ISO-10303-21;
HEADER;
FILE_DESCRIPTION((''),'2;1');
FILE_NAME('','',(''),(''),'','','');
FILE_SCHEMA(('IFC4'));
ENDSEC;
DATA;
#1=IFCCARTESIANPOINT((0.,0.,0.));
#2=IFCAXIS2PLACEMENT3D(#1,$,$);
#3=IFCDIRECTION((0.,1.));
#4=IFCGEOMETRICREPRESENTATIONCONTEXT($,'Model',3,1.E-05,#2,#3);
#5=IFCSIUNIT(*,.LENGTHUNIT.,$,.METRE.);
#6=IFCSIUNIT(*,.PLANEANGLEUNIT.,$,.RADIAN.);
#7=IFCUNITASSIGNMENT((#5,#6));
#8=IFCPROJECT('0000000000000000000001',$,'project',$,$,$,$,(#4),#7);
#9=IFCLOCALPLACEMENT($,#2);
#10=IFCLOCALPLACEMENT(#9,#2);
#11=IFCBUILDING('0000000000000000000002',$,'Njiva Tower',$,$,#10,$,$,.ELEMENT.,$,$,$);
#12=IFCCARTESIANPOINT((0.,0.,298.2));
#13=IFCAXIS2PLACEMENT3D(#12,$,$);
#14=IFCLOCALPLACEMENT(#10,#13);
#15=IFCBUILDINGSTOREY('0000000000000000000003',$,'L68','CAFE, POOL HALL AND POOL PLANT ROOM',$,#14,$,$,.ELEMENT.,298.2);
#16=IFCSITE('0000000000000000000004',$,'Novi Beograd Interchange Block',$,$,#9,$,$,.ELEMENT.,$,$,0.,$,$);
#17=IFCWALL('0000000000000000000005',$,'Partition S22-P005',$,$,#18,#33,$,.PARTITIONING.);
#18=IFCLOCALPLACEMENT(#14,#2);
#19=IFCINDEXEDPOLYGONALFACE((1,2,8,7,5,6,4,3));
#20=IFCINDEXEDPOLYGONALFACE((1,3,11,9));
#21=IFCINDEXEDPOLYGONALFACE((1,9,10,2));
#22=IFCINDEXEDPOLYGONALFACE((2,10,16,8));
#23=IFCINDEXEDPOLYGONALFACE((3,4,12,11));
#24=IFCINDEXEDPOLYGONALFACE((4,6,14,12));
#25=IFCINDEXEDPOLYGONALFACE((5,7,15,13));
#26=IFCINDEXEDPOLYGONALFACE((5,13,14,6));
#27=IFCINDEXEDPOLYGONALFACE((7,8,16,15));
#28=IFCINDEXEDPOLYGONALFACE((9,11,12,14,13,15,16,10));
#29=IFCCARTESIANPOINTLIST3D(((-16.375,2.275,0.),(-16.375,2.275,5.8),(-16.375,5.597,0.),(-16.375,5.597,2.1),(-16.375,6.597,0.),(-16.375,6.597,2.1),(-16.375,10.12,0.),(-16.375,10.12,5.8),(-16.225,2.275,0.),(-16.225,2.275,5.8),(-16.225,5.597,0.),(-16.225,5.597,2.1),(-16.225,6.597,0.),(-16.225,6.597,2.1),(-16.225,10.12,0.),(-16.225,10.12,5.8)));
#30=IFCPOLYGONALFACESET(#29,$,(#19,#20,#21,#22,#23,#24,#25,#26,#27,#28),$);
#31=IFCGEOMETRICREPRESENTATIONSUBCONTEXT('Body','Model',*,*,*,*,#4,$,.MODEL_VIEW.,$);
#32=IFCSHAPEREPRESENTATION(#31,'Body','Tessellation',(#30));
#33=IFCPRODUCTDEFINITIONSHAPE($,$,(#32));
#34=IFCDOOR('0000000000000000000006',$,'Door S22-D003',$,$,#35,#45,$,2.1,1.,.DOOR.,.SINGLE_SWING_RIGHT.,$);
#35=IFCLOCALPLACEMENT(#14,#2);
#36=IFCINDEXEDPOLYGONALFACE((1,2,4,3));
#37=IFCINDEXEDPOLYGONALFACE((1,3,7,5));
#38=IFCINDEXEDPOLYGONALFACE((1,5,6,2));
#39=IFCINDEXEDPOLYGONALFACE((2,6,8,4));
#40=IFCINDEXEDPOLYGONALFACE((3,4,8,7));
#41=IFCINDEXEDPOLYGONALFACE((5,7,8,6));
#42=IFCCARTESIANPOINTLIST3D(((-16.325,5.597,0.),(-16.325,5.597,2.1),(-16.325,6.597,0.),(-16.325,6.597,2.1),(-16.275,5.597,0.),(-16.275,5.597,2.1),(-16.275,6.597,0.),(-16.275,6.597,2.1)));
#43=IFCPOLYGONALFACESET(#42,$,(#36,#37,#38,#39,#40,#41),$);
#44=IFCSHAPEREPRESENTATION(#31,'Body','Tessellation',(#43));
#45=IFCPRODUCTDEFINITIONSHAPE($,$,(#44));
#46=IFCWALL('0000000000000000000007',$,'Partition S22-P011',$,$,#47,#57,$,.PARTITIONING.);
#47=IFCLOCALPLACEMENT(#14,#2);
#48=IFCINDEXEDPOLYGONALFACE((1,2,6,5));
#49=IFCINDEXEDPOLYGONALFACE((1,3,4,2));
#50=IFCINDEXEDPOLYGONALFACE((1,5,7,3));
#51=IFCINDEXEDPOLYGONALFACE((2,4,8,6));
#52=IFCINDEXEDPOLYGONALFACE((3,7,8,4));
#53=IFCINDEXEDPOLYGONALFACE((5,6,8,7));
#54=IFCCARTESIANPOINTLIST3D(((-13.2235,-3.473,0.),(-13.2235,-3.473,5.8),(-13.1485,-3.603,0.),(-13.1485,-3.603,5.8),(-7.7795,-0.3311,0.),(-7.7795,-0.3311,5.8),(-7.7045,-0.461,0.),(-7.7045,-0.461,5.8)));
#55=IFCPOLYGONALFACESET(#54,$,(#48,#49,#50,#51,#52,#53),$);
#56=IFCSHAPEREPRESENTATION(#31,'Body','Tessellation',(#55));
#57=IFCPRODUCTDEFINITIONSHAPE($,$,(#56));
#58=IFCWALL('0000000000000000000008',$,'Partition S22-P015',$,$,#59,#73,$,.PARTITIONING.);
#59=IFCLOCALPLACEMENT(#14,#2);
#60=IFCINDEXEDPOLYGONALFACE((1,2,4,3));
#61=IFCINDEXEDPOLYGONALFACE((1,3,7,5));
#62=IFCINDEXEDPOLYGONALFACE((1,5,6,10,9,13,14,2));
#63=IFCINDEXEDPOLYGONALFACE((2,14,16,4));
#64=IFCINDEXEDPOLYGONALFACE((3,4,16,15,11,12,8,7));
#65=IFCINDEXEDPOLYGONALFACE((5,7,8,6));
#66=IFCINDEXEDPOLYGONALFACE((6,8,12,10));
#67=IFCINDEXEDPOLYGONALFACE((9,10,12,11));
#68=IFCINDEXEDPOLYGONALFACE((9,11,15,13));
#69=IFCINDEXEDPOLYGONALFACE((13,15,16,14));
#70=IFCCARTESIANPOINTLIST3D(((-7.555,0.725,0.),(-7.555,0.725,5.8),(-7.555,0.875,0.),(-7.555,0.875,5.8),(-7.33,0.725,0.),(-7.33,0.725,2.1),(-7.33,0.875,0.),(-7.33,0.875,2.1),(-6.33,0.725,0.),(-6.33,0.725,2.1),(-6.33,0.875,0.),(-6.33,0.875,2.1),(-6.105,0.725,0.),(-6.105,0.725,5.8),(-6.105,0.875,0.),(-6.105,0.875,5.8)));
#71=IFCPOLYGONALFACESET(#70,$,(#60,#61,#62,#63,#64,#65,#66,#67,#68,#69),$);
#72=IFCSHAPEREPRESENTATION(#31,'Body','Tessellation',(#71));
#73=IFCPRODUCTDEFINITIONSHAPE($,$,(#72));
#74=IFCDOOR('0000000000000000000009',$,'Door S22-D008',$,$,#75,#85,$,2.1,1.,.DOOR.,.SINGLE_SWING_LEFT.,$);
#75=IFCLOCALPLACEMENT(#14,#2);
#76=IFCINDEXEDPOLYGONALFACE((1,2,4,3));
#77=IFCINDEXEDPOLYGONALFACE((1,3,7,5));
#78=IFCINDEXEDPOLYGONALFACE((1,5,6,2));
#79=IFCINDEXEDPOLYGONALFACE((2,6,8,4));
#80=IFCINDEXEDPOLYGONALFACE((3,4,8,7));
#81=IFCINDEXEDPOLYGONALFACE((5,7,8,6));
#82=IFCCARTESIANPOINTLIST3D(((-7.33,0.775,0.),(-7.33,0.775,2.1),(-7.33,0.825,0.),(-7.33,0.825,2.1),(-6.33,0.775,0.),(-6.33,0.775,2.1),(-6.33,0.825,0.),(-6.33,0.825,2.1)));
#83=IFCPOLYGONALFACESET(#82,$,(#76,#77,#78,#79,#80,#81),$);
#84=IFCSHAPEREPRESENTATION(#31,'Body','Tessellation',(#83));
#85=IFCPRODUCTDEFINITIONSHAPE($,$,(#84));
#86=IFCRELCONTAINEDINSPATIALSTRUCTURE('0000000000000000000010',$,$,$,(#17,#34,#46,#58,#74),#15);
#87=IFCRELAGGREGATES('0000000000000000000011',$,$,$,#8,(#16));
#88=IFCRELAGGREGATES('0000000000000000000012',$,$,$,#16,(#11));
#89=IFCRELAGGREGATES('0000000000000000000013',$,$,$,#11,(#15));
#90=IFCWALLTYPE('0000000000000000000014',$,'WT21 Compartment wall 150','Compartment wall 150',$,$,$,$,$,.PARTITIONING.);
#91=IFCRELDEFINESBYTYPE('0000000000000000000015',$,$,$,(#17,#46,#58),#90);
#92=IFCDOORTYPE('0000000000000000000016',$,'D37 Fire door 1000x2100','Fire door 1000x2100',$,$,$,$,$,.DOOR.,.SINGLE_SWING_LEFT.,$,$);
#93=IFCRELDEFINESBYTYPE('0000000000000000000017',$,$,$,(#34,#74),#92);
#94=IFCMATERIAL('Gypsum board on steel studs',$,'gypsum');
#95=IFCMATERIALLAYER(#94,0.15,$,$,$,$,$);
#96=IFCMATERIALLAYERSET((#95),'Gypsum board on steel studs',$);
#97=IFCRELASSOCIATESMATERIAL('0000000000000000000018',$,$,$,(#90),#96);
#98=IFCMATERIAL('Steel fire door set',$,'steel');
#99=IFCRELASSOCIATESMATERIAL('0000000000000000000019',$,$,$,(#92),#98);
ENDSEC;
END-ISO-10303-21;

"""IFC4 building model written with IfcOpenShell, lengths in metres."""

from ifc_helpers import new_model, si_unit, direction, frame, frame_2d, origin, place, context, subcontext, project, spatial, rectangle, extrude, material, layer, layer_set, type_object, element, fill, save


model = new_model("IFC4")

# Units and contexts
model_context = context("Model", 3, precision=1e-05, world=origin(), true_north=direction((0.0, 1.0)))
body_context = subcontext(model_context, "Body", "Model", "MODEL_VIEW")
ifc_project = project(units=[si_unit("LENGTHUNIT", "METRE"), si_unit("PLANEANGLEUNIT", "RADIAN")], contexts=[model_context])

# Site, building, storey
site_placement = place(None, origin())
site = spatial("IfcSite", under=ifc_project, at=site_placement, Name="Novi Beograd Interchange Block", CompositionType="ELEMENT", RefElevation=0.0)
building_placement = place(site_placement, origin())
building = spatial("IfcBuilding", under=site, at=building_placement, Name="Njiva Tower", CompositionType="ELEMENT")
storey_placement = place(building_placement, frame((0.0, 0.0, 298.2)))
storey = spatial("IfcBuildingStorey", under=building, at=storey_placement, Name="L68", Description="CAFE, POOL HALL AND POOL PLANT ROOM", CompositionType="ELEMENT", Elevation=298.2)

# Shared definitions
ifc_material_1 = material(Name="Gypsum board on steel studs", Category="gypsum")

# Shared definitions
ifc_layer_1 = layer(ifc_material_1, 0.15)
ifc_layer_set_1 = layer_set([ifc_layer_1], Name="Gypsum board on steel studs")
wall_type_1 = type_object("IfcWallType", Name="WT21 Compartment wall 150", Description="Compartment wall 150", PredefinedType="PARTITIONING", material=ifc_layer_set_1)
ifc_material_2 = material(Name="Steel fire door set", Category="steel")
door_type = type_object("IfcDoorType", Name="D37 Fire door 1000x2100", Description="Fire door 1000x2100", OperationType="SINGLE_SWING_LEFT", PredefinedType="DOOR", material=ifc_material_2)

# Wall, opening, door
wall_1_placement = place(storey_placement, frame((-16.3, 2.275, 0.0), z_axis=(0.0, 0.0, 1.0), x_axis=(0.0, 1.0, 0.0)))
wall_1 = element("IfcWall", 1, at=wall_1_placement, inside=storey, type_object=wall_type_1, Name="Partition S22-P005", PredefinedType="PARTITIONING", context=body_context, shape_type="SweptSolid", body=[
    extrude(rectangle(XDim=7.845, YDim=0.15, at=frame_2d((3.9225, 0.0))), origin(), (0.0, 0.0, 1.0), 5.8),
])
opening_1_placement = place(wall_1_placement, frame((3.322, 0.0, 0.0)))
opening_1 = element("IfcOpeningElement", 2, at=opening_1_placement, cuts=wall_1, PredefinedType="OPENING", context=body_context, shape_type="SweptSolid", body=[
    extrude(rectangle(XDim=1.0, YDim=2.1, at=frame_2d((0.5, 1.05))), frame((0.0, 0.085, 0.0), z_axis=(0.0, -1.0, 0.0), x_axis=(1.0, 0.0, 0.0)), (0.0, 0.0, 1.0), 0.17),
])
door_1_placement = place(opening_1_placement, origin())
door_1 = element("IfcDoor", 3, at=door_1_placement, inside=storey, type_object=door_type, Name="Door S22-D003", OperationType="SINGLE_SWING_RIGHT", OverallHeight=2.1, OverallWidth=1.0, PredefinedType="DOOR", context=body_context, shape_type="SweptSolid", body=[
    extrude(rectangle(XDim=1.0, YDim=2.1, at=frame_2d((0.5, 1.05))), frame((0.0, 0.025, 0.0), z_axis=(0.0, -1.0, 0.0), x_axis=(1.0, 0.0, 0.0)), (0.0, 0.0, 1.0), 0.05),
])
fill(opening_1, door_1)

# Wall
wall_2_placement = place(storey_placement, frame((-13.186, -3.538, 0.0), z_axis=(0.0, 0.0, 1.0), x_axis=(0.866101, 0.499869, 0.0)))
element("IfcWall", 4, at=wall_2_placement, inside=storey, type_object=wall_type_1, Name="Partition S22-P011", PredefinedType="PARTITIONING", context=body_context, shape_type="SweptSolid", body=[
    extrude(rectangle(XDim=6.2856, YDim=0.15, at=frame_2d((3.1428, 0.0))), origin(), (0.0, 0.0, 1.0), 5.8),
])

# Wall, opening, door
wall_3_placement = place(storey_placement, frame((-7.555, 0.8, 0.0), z_axis=(0.0, 0.0, 1.0), x_axis=(1.0, 0.0, 0.0)))
wall_3 = element("IfcWall", 5, at=wall_3_placement, inside=storey, type_object=wall_type_1, Name="Partition S22-P015", PredefinedType="PARTITIONING", context=body_context, shape_type="SweptSolid", body=[
    extrude(rectangle(XDim=1.45, YDim=0.15, at=frame_2d((0.725, 0.0))), origin(), (0.0, 0.0, 1.0), 5.8),
])
opening_2_placement = place(wall_3_placement, frame((0.225, 0.0, 0.0)))
opening_2 = element("IfcOpeningElement", 6, at=opening_2_placement, cuts=wall_3, PredefinedType="OPENING", context=body_context, shape_type="SweptSolid", body=[
    extrude(rectangle(XDim=1.0, YDim=2.1, at=frame_2d((0.5, 1.05))), frame((0.0, 0.085, 0.0), z_axis=(0.0, -1.0, 0.0), x_axis=(1.0, 0.0, 0.0)), (0.0, 0.0, 1.0), 0.17),
])
door_2_placement = place(opening_2_placement, origin())
door_2 = element("IfcDoor", 7, at=door_2_placement, inside=storey, type_object=door_type, Name="Door S22-D008", OperationType="SINGLE_SWING_LEFT", OverallHeight=2.1, OverallWidth=1.0, PredefinedType="DOOR", context=body_context, shape_type="SweptSolid", body=[
    extrude(rectangle(XDim=1.0, YDim=2.1, at=frame_2d((0.5, 1.05))), frame((0.0, 0.025, 0.0), z_axis=(0.0, -1.0, 0.0), x_axis=(1.0, 0.0, 0.0)), (0.0, 0.0, 1.0), 0.05),
])
fill(opening_2, door_2)

save(model, "model.ifc")
